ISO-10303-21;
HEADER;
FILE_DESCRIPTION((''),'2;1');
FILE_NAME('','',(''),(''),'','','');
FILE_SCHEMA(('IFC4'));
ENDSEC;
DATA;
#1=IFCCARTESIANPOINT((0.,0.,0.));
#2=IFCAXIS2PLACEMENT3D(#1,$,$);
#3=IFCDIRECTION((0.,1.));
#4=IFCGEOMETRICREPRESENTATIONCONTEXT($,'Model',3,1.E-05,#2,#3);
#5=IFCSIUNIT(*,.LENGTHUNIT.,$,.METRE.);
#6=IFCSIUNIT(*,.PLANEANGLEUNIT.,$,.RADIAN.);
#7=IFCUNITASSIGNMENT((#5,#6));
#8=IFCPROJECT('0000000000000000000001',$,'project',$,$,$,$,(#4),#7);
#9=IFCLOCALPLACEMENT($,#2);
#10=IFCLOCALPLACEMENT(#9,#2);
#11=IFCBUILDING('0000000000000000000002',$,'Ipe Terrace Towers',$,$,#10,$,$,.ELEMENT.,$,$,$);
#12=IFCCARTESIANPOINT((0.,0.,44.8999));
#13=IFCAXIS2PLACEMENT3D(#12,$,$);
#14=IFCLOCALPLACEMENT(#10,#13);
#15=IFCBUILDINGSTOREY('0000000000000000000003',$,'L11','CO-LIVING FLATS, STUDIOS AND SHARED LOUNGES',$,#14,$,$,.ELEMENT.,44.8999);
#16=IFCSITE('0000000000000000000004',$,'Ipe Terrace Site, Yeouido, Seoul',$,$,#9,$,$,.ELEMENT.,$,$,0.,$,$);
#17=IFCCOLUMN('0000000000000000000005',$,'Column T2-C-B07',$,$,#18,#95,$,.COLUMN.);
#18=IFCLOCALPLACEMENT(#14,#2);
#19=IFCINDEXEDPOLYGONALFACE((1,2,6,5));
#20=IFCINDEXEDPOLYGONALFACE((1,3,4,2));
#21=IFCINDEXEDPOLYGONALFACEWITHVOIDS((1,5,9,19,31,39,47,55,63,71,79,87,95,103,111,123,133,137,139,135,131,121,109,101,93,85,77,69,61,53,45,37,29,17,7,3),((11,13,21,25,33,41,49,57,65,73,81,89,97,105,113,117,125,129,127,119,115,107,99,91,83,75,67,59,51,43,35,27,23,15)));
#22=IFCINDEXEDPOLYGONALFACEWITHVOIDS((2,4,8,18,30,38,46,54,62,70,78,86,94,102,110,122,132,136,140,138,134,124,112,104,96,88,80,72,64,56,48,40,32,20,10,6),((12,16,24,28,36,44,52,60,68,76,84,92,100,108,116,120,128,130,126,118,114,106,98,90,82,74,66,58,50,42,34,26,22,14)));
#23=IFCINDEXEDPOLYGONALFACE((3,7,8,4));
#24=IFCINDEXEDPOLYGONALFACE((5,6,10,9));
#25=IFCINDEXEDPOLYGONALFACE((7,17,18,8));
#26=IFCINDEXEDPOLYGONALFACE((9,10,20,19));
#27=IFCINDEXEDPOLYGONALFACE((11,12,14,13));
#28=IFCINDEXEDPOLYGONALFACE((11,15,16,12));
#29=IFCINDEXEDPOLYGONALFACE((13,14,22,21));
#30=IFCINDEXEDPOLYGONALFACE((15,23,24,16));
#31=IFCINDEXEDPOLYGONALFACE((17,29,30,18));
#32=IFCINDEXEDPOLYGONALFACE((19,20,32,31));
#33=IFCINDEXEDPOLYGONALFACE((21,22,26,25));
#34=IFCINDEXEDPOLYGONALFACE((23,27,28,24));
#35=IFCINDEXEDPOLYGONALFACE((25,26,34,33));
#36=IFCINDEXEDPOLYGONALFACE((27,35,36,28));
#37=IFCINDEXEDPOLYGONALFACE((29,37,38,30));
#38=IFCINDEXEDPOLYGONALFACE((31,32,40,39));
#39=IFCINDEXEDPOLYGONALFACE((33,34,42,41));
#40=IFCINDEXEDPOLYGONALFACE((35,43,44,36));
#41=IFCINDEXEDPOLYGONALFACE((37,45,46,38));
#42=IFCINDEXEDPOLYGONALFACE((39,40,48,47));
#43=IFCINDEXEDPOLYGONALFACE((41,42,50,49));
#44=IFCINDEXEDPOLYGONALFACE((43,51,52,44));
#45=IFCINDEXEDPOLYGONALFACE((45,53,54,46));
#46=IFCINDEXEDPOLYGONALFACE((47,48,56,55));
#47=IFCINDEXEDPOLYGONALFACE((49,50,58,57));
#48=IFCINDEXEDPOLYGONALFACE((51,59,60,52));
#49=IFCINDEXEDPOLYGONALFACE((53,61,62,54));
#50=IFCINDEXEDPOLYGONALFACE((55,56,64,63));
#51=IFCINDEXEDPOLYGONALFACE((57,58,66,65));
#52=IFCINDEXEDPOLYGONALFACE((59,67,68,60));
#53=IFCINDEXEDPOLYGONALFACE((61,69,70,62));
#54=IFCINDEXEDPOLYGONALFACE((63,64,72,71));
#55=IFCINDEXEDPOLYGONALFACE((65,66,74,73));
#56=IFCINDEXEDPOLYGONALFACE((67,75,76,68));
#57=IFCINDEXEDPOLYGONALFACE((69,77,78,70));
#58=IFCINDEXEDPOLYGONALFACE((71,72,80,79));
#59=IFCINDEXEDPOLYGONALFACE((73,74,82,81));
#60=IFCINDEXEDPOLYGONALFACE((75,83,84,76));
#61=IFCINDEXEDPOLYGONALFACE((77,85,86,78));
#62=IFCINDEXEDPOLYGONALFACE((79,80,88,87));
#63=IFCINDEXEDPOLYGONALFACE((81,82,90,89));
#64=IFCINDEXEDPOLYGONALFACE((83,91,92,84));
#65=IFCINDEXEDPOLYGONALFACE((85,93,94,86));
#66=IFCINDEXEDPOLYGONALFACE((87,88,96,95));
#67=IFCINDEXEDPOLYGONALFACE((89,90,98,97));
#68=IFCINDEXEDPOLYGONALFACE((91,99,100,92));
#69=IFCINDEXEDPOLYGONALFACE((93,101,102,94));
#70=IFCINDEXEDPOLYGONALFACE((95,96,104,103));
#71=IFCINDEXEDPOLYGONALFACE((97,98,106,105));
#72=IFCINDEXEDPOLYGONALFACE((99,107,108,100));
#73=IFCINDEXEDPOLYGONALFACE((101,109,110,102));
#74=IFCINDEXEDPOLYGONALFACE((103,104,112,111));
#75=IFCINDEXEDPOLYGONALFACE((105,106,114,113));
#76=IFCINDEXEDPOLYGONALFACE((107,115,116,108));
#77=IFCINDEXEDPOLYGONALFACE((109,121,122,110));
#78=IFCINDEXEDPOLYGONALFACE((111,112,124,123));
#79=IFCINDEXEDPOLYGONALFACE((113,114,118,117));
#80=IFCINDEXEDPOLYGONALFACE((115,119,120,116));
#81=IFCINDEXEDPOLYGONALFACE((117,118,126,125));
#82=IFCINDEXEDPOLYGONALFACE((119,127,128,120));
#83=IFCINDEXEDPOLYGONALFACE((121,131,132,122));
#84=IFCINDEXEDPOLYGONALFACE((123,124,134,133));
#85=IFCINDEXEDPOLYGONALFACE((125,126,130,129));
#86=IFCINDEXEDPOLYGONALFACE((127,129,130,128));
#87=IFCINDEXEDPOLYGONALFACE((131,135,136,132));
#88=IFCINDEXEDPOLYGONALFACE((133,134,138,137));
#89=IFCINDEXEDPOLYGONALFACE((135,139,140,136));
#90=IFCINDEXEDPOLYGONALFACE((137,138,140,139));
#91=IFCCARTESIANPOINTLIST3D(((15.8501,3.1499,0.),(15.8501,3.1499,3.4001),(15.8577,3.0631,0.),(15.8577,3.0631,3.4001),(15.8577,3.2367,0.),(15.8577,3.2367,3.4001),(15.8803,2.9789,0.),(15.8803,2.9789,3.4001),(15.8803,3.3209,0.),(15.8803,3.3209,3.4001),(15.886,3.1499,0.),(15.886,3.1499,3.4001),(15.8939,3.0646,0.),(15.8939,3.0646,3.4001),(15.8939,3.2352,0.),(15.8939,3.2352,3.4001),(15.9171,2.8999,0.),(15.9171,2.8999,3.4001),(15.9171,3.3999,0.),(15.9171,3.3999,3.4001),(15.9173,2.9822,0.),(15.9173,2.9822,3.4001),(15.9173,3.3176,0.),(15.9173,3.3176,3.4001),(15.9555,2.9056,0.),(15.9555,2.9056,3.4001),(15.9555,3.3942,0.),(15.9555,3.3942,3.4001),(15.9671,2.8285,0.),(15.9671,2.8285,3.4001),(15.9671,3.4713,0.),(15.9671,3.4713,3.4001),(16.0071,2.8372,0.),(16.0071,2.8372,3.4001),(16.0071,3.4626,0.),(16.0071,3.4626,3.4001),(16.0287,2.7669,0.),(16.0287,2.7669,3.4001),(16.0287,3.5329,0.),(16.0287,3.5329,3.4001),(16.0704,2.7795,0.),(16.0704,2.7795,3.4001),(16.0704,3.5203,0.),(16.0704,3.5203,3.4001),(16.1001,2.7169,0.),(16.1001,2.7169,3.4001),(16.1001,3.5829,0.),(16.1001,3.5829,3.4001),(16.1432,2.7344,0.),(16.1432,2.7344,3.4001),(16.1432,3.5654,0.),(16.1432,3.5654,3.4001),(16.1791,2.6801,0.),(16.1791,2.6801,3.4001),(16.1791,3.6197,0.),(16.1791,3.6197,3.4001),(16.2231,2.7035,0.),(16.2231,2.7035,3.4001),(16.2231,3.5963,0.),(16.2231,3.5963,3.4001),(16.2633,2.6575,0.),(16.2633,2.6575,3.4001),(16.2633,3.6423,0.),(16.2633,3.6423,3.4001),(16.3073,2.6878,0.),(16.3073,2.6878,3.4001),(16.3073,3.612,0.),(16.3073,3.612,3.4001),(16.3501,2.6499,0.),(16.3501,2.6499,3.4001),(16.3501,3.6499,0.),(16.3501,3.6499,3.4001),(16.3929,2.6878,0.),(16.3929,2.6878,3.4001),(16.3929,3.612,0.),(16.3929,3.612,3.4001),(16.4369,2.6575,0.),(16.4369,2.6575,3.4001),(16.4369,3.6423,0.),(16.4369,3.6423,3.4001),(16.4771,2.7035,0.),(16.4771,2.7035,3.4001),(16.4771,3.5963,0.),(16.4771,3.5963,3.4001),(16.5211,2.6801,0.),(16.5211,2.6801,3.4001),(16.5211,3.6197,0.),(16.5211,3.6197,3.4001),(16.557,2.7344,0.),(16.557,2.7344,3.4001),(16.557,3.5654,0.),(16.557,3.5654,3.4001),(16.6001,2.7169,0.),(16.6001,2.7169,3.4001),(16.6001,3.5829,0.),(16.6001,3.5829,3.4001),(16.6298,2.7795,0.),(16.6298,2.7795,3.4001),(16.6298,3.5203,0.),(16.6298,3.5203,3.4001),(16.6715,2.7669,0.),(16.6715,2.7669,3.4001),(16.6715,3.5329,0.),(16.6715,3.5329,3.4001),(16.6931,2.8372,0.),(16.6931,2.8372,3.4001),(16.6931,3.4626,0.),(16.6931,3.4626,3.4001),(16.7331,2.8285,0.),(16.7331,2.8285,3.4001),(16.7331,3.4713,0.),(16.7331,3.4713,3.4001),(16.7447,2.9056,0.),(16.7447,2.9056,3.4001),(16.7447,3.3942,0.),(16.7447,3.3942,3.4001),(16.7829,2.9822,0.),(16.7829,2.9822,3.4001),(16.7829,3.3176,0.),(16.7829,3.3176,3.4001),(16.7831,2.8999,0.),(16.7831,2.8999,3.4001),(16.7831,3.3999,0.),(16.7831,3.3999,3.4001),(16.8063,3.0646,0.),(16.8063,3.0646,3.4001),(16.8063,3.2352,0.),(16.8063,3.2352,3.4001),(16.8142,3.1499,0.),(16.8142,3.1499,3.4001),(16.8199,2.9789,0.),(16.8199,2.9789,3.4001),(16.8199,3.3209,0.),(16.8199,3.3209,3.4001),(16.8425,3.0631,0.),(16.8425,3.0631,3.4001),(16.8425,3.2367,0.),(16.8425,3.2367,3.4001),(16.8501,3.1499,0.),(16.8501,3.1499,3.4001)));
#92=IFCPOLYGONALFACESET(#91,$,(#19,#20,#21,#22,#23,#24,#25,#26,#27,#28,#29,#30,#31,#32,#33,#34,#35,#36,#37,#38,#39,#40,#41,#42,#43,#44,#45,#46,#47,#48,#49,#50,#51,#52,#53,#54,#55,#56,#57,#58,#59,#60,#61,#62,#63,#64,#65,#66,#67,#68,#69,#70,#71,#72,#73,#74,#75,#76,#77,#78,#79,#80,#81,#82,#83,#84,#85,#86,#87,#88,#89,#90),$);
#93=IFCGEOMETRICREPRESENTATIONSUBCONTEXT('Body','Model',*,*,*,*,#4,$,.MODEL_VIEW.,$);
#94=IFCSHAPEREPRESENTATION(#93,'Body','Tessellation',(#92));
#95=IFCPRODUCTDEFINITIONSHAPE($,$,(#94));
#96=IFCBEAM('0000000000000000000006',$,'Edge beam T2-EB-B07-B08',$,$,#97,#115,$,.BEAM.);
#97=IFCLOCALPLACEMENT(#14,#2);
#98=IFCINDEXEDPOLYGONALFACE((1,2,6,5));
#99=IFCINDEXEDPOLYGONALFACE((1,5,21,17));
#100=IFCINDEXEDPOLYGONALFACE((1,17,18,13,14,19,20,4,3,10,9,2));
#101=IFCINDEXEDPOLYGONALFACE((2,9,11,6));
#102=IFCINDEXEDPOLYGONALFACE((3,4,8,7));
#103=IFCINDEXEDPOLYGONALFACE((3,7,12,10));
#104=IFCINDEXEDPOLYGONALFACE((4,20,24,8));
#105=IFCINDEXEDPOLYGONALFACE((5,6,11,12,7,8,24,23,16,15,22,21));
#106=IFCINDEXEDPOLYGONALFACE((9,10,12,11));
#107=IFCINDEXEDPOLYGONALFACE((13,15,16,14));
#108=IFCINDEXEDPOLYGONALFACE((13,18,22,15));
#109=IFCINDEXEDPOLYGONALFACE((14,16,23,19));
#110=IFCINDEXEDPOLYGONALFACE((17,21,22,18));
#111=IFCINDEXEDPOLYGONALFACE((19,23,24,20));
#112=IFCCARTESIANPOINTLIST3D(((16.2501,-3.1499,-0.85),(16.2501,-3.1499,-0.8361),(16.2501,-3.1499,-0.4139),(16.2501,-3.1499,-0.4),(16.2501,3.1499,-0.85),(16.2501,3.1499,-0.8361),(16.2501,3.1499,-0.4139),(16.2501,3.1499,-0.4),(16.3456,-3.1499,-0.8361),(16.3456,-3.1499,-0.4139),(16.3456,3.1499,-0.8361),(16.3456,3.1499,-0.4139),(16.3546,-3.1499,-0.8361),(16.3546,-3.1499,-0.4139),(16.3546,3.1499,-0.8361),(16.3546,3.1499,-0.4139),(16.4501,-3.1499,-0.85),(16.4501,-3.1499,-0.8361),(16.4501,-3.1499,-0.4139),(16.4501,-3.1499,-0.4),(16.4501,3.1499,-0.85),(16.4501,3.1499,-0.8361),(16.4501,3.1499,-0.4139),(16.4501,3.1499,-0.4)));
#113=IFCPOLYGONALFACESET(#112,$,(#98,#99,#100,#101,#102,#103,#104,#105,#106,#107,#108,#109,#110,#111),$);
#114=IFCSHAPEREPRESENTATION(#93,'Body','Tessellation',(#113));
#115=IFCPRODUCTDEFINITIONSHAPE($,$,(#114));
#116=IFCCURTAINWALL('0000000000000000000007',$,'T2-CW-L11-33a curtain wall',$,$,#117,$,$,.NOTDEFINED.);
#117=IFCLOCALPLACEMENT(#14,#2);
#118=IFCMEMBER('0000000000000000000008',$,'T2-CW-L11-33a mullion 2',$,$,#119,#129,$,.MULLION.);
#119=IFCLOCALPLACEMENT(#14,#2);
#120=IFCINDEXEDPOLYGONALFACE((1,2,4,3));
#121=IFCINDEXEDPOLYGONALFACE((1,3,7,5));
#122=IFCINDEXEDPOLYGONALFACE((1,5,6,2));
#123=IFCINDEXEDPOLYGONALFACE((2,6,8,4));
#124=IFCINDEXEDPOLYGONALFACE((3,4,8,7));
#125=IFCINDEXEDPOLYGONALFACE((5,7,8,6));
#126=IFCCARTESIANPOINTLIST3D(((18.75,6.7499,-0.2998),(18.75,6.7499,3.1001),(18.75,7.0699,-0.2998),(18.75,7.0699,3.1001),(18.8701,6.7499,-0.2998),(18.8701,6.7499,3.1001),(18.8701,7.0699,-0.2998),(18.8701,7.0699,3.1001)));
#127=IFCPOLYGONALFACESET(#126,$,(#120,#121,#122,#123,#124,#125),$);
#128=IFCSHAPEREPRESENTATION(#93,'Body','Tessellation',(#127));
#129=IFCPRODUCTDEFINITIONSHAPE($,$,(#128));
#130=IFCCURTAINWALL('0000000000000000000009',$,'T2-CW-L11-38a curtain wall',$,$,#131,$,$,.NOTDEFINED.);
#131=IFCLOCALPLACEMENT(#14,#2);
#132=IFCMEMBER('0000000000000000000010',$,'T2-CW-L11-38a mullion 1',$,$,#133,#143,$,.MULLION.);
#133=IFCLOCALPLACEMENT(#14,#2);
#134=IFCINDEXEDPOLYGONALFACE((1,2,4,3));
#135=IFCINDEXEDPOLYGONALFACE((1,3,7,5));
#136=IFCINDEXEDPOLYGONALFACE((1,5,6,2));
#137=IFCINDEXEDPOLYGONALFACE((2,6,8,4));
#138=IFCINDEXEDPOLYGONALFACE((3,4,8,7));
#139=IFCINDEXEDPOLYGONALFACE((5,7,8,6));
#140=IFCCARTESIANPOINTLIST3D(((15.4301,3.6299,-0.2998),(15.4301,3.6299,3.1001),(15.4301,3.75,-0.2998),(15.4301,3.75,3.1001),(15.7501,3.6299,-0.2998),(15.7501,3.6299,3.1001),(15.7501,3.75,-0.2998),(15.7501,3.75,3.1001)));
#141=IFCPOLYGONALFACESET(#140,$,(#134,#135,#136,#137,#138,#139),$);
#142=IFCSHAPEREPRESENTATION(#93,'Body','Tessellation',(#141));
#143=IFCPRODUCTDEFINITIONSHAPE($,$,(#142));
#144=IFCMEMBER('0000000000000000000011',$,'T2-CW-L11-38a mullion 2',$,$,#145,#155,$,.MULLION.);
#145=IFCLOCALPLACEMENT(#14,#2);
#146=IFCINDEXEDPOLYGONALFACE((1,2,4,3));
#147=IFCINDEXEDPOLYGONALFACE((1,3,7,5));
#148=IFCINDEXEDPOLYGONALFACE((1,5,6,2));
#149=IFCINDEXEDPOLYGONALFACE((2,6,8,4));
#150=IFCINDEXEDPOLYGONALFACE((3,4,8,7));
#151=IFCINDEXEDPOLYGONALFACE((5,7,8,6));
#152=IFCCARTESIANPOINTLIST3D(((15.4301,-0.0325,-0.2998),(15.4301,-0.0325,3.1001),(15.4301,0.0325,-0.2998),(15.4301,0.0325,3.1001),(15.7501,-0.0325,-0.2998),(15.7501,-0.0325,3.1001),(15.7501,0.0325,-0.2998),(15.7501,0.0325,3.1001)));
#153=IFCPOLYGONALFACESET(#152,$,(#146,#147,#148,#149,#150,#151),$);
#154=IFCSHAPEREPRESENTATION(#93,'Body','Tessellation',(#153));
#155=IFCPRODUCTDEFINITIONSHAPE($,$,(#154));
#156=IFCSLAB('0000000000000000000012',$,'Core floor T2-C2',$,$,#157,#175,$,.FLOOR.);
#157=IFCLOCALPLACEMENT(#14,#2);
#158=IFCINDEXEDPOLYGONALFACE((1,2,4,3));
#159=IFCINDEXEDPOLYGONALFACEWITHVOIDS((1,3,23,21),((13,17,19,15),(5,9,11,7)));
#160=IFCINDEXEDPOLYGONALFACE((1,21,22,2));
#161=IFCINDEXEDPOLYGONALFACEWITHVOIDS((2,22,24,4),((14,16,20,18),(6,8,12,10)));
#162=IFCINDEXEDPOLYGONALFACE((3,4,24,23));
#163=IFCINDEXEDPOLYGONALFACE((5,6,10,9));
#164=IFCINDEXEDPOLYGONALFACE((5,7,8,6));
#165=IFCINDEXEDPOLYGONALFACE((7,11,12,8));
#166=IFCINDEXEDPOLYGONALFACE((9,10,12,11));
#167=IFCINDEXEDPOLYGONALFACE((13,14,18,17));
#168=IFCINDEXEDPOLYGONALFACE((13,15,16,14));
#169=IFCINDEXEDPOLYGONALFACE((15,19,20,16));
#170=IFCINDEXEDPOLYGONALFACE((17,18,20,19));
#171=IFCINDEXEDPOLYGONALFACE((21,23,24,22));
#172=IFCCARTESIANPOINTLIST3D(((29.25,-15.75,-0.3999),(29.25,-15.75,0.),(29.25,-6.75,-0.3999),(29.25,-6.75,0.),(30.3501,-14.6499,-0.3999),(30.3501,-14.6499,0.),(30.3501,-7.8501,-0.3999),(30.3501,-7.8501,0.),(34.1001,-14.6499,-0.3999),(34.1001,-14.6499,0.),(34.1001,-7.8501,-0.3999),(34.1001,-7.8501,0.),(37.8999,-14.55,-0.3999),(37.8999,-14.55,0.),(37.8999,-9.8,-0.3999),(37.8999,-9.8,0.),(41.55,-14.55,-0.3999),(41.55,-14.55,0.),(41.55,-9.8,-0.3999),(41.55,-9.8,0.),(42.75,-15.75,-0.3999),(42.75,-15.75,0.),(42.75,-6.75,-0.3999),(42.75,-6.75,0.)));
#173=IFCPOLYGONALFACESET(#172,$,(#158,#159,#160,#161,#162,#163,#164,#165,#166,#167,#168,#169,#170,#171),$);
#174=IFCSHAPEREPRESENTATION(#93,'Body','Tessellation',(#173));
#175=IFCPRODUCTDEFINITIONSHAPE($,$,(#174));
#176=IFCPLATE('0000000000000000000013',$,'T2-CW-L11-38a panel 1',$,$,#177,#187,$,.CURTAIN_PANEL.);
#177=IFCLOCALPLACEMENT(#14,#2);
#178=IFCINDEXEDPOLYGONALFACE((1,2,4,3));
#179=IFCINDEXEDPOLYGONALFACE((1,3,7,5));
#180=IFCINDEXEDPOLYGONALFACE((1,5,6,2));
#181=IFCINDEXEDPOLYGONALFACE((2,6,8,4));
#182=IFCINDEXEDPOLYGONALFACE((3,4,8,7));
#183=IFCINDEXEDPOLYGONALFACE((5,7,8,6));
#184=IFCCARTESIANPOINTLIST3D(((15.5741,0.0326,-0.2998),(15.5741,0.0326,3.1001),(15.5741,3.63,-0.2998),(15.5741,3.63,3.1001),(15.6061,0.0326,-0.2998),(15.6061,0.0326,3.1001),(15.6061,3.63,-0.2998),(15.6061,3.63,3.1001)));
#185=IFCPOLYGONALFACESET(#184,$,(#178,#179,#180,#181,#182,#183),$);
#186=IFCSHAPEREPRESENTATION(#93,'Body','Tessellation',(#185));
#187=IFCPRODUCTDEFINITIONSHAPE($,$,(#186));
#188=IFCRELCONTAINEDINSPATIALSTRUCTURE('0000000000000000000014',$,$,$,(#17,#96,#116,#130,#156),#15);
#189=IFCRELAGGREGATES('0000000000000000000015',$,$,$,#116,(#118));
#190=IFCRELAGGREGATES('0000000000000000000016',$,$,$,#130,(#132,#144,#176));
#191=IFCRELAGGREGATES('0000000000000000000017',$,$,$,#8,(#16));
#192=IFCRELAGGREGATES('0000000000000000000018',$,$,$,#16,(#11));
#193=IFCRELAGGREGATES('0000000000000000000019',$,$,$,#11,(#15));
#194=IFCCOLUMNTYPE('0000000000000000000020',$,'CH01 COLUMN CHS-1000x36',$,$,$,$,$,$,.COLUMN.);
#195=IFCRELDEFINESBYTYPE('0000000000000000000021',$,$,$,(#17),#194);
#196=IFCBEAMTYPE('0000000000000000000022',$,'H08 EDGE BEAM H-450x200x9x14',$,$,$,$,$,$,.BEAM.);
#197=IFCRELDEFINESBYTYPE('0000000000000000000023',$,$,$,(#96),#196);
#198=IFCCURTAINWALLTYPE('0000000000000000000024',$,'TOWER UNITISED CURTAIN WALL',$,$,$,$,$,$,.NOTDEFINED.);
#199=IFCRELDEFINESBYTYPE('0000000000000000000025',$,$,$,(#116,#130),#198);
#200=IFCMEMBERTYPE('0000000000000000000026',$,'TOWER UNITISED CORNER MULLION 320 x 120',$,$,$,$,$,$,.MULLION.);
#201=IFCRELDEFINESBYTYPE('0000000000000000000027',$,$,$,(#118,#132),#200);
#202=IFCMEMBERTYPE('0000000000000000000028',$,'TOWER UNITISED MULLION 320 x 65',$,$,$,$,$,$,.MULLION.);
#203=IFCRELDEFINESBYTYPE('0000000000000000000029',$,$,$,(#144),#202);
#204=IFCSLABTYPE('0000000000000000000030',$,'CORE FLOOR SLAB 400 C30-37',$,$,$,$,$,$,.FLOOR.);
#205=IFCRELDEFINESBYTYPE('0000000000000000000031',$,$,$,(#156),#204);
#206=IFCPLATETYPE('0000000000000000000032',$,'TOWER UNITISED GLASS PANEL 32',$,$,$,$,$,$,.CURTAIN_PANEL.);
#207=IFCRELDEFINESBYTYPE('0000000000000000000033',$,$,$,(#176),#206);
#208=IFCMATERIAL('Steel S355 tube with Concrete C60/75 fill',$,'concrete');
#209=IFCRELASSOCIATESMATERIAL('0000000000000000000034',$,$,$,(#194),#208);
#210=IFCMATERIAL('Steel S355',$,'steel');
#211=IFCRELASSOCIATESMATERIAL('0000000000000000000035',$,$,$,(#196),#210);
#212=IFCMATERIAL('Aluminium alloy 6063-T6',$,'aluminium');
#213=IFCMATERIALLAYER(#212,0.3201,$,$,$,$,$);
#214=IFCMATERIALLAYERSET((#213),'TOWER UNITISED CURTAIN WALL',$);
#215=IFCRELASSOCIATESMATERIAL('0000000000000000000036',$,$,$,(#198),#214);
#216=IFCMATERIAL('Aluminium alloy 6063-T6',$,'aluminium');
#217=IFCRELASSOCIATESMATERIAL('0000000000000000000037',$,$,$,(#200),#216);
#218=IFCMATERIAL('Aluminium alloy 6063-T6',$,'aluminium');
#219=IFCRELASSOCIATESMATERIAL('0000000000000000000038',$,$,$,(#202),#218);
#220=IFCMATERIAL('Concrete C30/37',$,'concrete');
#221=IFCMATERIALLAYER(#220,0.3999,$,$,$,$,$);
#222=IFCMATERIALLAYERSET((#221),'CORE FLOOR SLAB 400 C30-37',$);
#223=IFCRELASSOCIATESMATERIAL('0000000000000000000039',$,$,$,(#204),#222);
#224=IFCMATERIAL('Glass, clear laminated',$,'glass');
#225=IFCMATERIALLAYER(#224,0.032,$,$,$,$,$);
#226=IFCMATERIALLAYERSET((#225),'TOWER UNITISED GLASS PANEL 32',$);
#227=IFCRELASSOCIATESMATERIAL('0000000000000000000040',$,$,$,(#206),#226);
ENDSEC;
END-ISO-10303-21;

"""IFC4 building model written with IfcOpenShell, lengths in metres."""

from ifc_helpers import new_model, si_unit, direction, frame, origin, origin_2d, place, context, subcontext, project, spatial, polyline, rectangle, hollow_circle, i_section, outline, extrude, material, layer, layer_set, material_profile, profile_set, type_object, element, aggregate, save


model = new_model("IFC4")

# Units and contexts
model_context = context("Model", 3, precision=1e-05, world=origin(), true_north=direction((0.0, 1.0)))
body_context = subcontext(model_context, "Body", "Model", "MODEL_VIEW")
ifc_project = project(units=[si_unit("LENGTHUNIT", "METRE"), si_unit("PLANEANGLEUNIT", "RADIAN")], contexts=[model_context])

# Site, building, storey
site_placement = place(None, origin())
site = spatial("IfcSite", under=ifc_project, at=site_placement, Name="Ipe Terrace Site, Yeouido, Seoul", CompositionType="ELEMENT", RefElevation=0.0)
building_placement = place(site_placement, origin())
building = spatial("IfcBuilding", under=site, at=building_placement, Name="Ipe Terrace Towers", CompositionType="ELEMENT")
storey_placement = place(building_placement, frame((0.0, 0.0, 44.8999)))
storey = spatial("IfcBuildingStorey", under=building, at=storey_placement, Name="L11", Description="CO-LIVING FLATS, STUDIOS AND SHARED LOUNGES", CompositionType="ELEMENT", Elevation=44.8999)

# Column
ifc_material_1 = material(Name="Steel S355 tube with Concrete C60/75 fill", Category="concrete")
ifc_material_profile_1 = material_profile(ifc_material_1, hollow_circle(Radius=0.5, WallThickness=0.0359, at=origin_2d()), Name="CHS-1000x36")
ifc_profile_set_1 = profile_set([ifc_material_profile_1], Name="Steel S355 tube with Concrete C60/75 fill")
column_type = type_object("IfcColumnType", Name="CH01 COLUMN CHS-1000x36", PredefinedType="COLUMN", material=ifc_profile_set_1)
for number, where, z_axis, x_axis, name in (
    (1, (16.3501, 3.1499, 0.0), (0.0, 0.0, 1.0), (1.0, 0.0, 0.0), "Column T2-C-B07"),
):
    element("IfcColumn", number, at=place(storey_placement, frame(where, z_axis=z_axis, x_axis=x_axis)), inside=storey, type_object=column_type, Name=name, PredefinedType="COLUMN", context=body_context, shape_type="SweptSolid", body=[
        extrude(hollow_circle(Radius=0.5, WallThickness=0.0359, at=origin_2d()), origin(), (0.0, 0.0, 1.0), 3.4001),
    ])

# Beam
ifc_material_2 = material(Name="Steel S355", Category="steel")
ifc_material_profile_2 = material_profile(ifc_material_2, i_section(OverallWidth=0.2, OverallDepth=0.45, WebThickness=0.009, FlangeThickness=0.0139, at=origin_2d()), Name="H-450x200x9x14")
ifc_profile_set_2 = profile_set([ifc_material_profile_2], Name="Steel S355")
beam_type = type_object("IfcBeamType", Name="H08 EDGE BEAM H-450x200x9x14", PredefinedType="BEAM", material=ifc_profile_set_2)
beam_placement = place(storey_placement, frame((16.3501, 3.1499, -0.625), z_axis=(0.0, -1.0, 0.0), x_axis=(1.0, 0.0, 0.0)))
element("IfcBeam", 2, at=beam_placement, inside=storey, type_object=beam_type, Name="Edge beam T2-EB-B07-B08", PredefinedType="BEAM", context=body_context, shape_type="SweptSolid", body=[
    extrude(i_section(OverallWidth=0.2, OverallDepth=0.45, WebThickness=0.009, FlangeThickness=0.0139, at=origin_2d()), origin(), (0.0, 0.0, 1.0), 6.2998),
])

# Curtain wall, member
ifc_material_3 = material(Name="Aluminium alloy 6063-T6", Category="aluminium")
ifc_layer_1 = layer(ifc_material_3, 0.3201)
ifc_layer_set_1 = layer_set([ifc_layer_1], Name="TOWER UNITISED CURTAIN WALL")
curtain_wall_type = type_object("IfcCurtainWallType", Name="TOWER UNITISED CURTAIN WALL", PredefinedType="NOTDEFINED", material=ifc_layer_set_1)
curtain_wall_1_placement = place(storey_placement, origin())
curtain_wall_1 = element("IfcCurtainWall", 3, at=curtain_wall_1_placement, inside=storey, type_object=curtain_wall_type, Name="T2-CW-L11-33a curtain wall", PredefinedType="NOTDEFINED")
ifc_material_4 = material(Name="Aluminium alloy 6063-T6", Category="aluminium")
ifc_material_profile_3 = material_profile(ifc_material_4, rectangle(XDim=0.3201, YDim=0.1201, at=origin_2d()), Name="TOWER UNITISED CORNER MULLION 320 x 120")
ifc_profile_set_3 = profile_set([ifc_material_profile_3], Name="Aluminium alloy 6063-T6")
member_type_1 = type_object("IfcMemberType", Name="TOWER UNITISED CORNER MULLION 320 x 120", PredefinedType="MULLION", material=ifc_profile_set_3)
member_1_placement = place(storey_placement, frame((18.8101, 6.9099, -0.2998), z_axis=(0.0, 0.0, 1.0), x_axis=(0.0, 1.0, 0.0)))
member_1 = element("IfcMember", 4, at=member_1_placement, type_object=member_type_1, Name="T2-CW-L11-33a mullion 2", PredefinedType="MULLION", context=body_context, shape_type="SweptSolid", body=[
    extrude(rectangle(XDim=0.3201, YDim=0.1201, at=origin_2d()), origin(), (0.0, 0.0, 1.0), 3.3999),
])
aggregate(curtain_wall_1, [member_1])

# Curtain wall, members
curtain_wall_2_placement = place(storey_placement, origin())
curtain_wall_2 = element("IfcCurtainWall", 5, at=curtain_wall_2_placement, inside=storey, type_object=curtain_wall_type, Name="T2-CW-L11-38a curtain wall", PredefinedType="NOTDEFINED")
member_2_placement = place(storey_placement, frame((15.5901, 3.6899, -0.2998), z_axis=(0.0, 0.0, 1.0), x_axis=(-1.0, 0.0, 0.0)))
member_2 = element("IfcMember", 6, at=member_2_placement, type_object=member_type_1, Name="T2-CW-L11-38a mullion 1", PredefinedType="MULLION", context=body_context, shape_type="SweptSolid", body=[
    extrude(rectangle(XDim=0.3201, YDim=0.1201, at=origin_2d()), origin(), (0.0, 0.0, 1.0), 3.3999),
])
ifc_material_5 = material(Name="Aluminium alloy 6063-T6", Category="aluminium")
ifc_material_profile_4 = material_profile(ifc_material_5, rectangle(XDim=0.3201, YDim=0.0649, at=origin_2d()), Name="TOWER UNITISED MULLION 320 x 65")
ifc_profile_set_4 = profile_set([ifc_material_profile_4], Name="Aluminium alloy 6063-T6")
member_type_2 = type_object("IfcMemberType", Name="TOWER UNITISED MULLION 320 x 65", PredefinedType="MULLION", material=ifc_profile_set_4)
member_3_placement = place(storey_placement, frame((15.5901, 0.0, -0.2998), z_axis=(0.0, 0.0, 1.0), x_axis=(-1.0, 0.0, 0.0)))
member_3 = element("IfcMember", 7, at=member_3_placement, type_object=member_type_2, Name="T2-CW-L11-38a mullion 2", PredefinedType="MULLION", context=body_context, shape_type="SweptSolid", body=[
    extrude(rectangle(XDim=0.3201, YDim=0.0649, at=origin_2d()), origin(), (0.0, 0.0, 1.0), 3.3999),
])

# Slab
ifc_material_6 = material(Name="Concrete C30/37", Category="concrete")
ifc_layer_2 = layer(ifc_material_6, 0.3999)
ifc_layer_set_2 = layer_set([ifc_layer_2], Name="CORE FLOOR SLAB 400 C30-37")
slab_type = type_object("IfcSlabType", Name="CORE FLOOR SLAB 400 C30-37", PredefinedType="FLOOR", material=ifc_layer_set_2)
slab_placement = place(storey_placement, frame((0.0, 0.0, -0.3999)))
element("IfcSlab", 8, at=slab_placement, inside=storey, type_object=slab_type, Name="Core floor T2-C2", PredefinedType="FLOOR", context=body_context, shape_type="SweptSolid", body=[
    extrude(outline(polyline([(29.25, -15.75), (29.25, -6.75), (42.75, -6.75), (42.75, -15.75), (29.25, -15.75)]), holes=[polyline([(34.1001, -14.6499), (34.1001, -7.8501), (30.3501, -7.8501), (30.3501, -14.6499), (34.1001, -14.6499)]), polyline([(41.55, -9.8), (37.8999, -9.8), (37.8999, -14.55), (41.55, -14.55), (41.55, -9.8)])]), origin(), (0.0, 0.0, 1.0), 0.3999),
])

# Plate
ifc_material_7 = material(Name="Glass, clear laminated", Category="glass")
ifc_layer_3 = layer(ifc_material_7, 0.032)
ifc_layer_set_3 = layer_set([ifc_layer_3], Name="TOWER UNITISED GLASS PANEL 32")
plate_type = type_object("IfcPlateType", Name="TOWER UNITISED GLASS PANEL 32", PredefinedType="CURTAIN_PANEL", material=ifc_layer_set_3)
plate_placement = place(storey_placement, frame((15.5901, 1.8313, -0.2998), z_axis=(0.0, 0.0, 1.0), x_axis=(0.0, -1.0, 0.0)))
plate = element("IfcPlate", 9, at=plate_placement, type_object=plate_type, Name="T2-CW-L11-38a panel 1", PredefinedType="CURTAIN_PANEL", context=body_context, shape_type="SweptSolid", body=[
    extrude(rectangle(XDim=3.5974, YDim=0.032, at=origin_2d()), origin(), (0.0, 0.0, 1.0), 3.3999),
])
aggregate(curtain_wall_2, [member_2, member_3, plate])

save(model, "model.ifc")
